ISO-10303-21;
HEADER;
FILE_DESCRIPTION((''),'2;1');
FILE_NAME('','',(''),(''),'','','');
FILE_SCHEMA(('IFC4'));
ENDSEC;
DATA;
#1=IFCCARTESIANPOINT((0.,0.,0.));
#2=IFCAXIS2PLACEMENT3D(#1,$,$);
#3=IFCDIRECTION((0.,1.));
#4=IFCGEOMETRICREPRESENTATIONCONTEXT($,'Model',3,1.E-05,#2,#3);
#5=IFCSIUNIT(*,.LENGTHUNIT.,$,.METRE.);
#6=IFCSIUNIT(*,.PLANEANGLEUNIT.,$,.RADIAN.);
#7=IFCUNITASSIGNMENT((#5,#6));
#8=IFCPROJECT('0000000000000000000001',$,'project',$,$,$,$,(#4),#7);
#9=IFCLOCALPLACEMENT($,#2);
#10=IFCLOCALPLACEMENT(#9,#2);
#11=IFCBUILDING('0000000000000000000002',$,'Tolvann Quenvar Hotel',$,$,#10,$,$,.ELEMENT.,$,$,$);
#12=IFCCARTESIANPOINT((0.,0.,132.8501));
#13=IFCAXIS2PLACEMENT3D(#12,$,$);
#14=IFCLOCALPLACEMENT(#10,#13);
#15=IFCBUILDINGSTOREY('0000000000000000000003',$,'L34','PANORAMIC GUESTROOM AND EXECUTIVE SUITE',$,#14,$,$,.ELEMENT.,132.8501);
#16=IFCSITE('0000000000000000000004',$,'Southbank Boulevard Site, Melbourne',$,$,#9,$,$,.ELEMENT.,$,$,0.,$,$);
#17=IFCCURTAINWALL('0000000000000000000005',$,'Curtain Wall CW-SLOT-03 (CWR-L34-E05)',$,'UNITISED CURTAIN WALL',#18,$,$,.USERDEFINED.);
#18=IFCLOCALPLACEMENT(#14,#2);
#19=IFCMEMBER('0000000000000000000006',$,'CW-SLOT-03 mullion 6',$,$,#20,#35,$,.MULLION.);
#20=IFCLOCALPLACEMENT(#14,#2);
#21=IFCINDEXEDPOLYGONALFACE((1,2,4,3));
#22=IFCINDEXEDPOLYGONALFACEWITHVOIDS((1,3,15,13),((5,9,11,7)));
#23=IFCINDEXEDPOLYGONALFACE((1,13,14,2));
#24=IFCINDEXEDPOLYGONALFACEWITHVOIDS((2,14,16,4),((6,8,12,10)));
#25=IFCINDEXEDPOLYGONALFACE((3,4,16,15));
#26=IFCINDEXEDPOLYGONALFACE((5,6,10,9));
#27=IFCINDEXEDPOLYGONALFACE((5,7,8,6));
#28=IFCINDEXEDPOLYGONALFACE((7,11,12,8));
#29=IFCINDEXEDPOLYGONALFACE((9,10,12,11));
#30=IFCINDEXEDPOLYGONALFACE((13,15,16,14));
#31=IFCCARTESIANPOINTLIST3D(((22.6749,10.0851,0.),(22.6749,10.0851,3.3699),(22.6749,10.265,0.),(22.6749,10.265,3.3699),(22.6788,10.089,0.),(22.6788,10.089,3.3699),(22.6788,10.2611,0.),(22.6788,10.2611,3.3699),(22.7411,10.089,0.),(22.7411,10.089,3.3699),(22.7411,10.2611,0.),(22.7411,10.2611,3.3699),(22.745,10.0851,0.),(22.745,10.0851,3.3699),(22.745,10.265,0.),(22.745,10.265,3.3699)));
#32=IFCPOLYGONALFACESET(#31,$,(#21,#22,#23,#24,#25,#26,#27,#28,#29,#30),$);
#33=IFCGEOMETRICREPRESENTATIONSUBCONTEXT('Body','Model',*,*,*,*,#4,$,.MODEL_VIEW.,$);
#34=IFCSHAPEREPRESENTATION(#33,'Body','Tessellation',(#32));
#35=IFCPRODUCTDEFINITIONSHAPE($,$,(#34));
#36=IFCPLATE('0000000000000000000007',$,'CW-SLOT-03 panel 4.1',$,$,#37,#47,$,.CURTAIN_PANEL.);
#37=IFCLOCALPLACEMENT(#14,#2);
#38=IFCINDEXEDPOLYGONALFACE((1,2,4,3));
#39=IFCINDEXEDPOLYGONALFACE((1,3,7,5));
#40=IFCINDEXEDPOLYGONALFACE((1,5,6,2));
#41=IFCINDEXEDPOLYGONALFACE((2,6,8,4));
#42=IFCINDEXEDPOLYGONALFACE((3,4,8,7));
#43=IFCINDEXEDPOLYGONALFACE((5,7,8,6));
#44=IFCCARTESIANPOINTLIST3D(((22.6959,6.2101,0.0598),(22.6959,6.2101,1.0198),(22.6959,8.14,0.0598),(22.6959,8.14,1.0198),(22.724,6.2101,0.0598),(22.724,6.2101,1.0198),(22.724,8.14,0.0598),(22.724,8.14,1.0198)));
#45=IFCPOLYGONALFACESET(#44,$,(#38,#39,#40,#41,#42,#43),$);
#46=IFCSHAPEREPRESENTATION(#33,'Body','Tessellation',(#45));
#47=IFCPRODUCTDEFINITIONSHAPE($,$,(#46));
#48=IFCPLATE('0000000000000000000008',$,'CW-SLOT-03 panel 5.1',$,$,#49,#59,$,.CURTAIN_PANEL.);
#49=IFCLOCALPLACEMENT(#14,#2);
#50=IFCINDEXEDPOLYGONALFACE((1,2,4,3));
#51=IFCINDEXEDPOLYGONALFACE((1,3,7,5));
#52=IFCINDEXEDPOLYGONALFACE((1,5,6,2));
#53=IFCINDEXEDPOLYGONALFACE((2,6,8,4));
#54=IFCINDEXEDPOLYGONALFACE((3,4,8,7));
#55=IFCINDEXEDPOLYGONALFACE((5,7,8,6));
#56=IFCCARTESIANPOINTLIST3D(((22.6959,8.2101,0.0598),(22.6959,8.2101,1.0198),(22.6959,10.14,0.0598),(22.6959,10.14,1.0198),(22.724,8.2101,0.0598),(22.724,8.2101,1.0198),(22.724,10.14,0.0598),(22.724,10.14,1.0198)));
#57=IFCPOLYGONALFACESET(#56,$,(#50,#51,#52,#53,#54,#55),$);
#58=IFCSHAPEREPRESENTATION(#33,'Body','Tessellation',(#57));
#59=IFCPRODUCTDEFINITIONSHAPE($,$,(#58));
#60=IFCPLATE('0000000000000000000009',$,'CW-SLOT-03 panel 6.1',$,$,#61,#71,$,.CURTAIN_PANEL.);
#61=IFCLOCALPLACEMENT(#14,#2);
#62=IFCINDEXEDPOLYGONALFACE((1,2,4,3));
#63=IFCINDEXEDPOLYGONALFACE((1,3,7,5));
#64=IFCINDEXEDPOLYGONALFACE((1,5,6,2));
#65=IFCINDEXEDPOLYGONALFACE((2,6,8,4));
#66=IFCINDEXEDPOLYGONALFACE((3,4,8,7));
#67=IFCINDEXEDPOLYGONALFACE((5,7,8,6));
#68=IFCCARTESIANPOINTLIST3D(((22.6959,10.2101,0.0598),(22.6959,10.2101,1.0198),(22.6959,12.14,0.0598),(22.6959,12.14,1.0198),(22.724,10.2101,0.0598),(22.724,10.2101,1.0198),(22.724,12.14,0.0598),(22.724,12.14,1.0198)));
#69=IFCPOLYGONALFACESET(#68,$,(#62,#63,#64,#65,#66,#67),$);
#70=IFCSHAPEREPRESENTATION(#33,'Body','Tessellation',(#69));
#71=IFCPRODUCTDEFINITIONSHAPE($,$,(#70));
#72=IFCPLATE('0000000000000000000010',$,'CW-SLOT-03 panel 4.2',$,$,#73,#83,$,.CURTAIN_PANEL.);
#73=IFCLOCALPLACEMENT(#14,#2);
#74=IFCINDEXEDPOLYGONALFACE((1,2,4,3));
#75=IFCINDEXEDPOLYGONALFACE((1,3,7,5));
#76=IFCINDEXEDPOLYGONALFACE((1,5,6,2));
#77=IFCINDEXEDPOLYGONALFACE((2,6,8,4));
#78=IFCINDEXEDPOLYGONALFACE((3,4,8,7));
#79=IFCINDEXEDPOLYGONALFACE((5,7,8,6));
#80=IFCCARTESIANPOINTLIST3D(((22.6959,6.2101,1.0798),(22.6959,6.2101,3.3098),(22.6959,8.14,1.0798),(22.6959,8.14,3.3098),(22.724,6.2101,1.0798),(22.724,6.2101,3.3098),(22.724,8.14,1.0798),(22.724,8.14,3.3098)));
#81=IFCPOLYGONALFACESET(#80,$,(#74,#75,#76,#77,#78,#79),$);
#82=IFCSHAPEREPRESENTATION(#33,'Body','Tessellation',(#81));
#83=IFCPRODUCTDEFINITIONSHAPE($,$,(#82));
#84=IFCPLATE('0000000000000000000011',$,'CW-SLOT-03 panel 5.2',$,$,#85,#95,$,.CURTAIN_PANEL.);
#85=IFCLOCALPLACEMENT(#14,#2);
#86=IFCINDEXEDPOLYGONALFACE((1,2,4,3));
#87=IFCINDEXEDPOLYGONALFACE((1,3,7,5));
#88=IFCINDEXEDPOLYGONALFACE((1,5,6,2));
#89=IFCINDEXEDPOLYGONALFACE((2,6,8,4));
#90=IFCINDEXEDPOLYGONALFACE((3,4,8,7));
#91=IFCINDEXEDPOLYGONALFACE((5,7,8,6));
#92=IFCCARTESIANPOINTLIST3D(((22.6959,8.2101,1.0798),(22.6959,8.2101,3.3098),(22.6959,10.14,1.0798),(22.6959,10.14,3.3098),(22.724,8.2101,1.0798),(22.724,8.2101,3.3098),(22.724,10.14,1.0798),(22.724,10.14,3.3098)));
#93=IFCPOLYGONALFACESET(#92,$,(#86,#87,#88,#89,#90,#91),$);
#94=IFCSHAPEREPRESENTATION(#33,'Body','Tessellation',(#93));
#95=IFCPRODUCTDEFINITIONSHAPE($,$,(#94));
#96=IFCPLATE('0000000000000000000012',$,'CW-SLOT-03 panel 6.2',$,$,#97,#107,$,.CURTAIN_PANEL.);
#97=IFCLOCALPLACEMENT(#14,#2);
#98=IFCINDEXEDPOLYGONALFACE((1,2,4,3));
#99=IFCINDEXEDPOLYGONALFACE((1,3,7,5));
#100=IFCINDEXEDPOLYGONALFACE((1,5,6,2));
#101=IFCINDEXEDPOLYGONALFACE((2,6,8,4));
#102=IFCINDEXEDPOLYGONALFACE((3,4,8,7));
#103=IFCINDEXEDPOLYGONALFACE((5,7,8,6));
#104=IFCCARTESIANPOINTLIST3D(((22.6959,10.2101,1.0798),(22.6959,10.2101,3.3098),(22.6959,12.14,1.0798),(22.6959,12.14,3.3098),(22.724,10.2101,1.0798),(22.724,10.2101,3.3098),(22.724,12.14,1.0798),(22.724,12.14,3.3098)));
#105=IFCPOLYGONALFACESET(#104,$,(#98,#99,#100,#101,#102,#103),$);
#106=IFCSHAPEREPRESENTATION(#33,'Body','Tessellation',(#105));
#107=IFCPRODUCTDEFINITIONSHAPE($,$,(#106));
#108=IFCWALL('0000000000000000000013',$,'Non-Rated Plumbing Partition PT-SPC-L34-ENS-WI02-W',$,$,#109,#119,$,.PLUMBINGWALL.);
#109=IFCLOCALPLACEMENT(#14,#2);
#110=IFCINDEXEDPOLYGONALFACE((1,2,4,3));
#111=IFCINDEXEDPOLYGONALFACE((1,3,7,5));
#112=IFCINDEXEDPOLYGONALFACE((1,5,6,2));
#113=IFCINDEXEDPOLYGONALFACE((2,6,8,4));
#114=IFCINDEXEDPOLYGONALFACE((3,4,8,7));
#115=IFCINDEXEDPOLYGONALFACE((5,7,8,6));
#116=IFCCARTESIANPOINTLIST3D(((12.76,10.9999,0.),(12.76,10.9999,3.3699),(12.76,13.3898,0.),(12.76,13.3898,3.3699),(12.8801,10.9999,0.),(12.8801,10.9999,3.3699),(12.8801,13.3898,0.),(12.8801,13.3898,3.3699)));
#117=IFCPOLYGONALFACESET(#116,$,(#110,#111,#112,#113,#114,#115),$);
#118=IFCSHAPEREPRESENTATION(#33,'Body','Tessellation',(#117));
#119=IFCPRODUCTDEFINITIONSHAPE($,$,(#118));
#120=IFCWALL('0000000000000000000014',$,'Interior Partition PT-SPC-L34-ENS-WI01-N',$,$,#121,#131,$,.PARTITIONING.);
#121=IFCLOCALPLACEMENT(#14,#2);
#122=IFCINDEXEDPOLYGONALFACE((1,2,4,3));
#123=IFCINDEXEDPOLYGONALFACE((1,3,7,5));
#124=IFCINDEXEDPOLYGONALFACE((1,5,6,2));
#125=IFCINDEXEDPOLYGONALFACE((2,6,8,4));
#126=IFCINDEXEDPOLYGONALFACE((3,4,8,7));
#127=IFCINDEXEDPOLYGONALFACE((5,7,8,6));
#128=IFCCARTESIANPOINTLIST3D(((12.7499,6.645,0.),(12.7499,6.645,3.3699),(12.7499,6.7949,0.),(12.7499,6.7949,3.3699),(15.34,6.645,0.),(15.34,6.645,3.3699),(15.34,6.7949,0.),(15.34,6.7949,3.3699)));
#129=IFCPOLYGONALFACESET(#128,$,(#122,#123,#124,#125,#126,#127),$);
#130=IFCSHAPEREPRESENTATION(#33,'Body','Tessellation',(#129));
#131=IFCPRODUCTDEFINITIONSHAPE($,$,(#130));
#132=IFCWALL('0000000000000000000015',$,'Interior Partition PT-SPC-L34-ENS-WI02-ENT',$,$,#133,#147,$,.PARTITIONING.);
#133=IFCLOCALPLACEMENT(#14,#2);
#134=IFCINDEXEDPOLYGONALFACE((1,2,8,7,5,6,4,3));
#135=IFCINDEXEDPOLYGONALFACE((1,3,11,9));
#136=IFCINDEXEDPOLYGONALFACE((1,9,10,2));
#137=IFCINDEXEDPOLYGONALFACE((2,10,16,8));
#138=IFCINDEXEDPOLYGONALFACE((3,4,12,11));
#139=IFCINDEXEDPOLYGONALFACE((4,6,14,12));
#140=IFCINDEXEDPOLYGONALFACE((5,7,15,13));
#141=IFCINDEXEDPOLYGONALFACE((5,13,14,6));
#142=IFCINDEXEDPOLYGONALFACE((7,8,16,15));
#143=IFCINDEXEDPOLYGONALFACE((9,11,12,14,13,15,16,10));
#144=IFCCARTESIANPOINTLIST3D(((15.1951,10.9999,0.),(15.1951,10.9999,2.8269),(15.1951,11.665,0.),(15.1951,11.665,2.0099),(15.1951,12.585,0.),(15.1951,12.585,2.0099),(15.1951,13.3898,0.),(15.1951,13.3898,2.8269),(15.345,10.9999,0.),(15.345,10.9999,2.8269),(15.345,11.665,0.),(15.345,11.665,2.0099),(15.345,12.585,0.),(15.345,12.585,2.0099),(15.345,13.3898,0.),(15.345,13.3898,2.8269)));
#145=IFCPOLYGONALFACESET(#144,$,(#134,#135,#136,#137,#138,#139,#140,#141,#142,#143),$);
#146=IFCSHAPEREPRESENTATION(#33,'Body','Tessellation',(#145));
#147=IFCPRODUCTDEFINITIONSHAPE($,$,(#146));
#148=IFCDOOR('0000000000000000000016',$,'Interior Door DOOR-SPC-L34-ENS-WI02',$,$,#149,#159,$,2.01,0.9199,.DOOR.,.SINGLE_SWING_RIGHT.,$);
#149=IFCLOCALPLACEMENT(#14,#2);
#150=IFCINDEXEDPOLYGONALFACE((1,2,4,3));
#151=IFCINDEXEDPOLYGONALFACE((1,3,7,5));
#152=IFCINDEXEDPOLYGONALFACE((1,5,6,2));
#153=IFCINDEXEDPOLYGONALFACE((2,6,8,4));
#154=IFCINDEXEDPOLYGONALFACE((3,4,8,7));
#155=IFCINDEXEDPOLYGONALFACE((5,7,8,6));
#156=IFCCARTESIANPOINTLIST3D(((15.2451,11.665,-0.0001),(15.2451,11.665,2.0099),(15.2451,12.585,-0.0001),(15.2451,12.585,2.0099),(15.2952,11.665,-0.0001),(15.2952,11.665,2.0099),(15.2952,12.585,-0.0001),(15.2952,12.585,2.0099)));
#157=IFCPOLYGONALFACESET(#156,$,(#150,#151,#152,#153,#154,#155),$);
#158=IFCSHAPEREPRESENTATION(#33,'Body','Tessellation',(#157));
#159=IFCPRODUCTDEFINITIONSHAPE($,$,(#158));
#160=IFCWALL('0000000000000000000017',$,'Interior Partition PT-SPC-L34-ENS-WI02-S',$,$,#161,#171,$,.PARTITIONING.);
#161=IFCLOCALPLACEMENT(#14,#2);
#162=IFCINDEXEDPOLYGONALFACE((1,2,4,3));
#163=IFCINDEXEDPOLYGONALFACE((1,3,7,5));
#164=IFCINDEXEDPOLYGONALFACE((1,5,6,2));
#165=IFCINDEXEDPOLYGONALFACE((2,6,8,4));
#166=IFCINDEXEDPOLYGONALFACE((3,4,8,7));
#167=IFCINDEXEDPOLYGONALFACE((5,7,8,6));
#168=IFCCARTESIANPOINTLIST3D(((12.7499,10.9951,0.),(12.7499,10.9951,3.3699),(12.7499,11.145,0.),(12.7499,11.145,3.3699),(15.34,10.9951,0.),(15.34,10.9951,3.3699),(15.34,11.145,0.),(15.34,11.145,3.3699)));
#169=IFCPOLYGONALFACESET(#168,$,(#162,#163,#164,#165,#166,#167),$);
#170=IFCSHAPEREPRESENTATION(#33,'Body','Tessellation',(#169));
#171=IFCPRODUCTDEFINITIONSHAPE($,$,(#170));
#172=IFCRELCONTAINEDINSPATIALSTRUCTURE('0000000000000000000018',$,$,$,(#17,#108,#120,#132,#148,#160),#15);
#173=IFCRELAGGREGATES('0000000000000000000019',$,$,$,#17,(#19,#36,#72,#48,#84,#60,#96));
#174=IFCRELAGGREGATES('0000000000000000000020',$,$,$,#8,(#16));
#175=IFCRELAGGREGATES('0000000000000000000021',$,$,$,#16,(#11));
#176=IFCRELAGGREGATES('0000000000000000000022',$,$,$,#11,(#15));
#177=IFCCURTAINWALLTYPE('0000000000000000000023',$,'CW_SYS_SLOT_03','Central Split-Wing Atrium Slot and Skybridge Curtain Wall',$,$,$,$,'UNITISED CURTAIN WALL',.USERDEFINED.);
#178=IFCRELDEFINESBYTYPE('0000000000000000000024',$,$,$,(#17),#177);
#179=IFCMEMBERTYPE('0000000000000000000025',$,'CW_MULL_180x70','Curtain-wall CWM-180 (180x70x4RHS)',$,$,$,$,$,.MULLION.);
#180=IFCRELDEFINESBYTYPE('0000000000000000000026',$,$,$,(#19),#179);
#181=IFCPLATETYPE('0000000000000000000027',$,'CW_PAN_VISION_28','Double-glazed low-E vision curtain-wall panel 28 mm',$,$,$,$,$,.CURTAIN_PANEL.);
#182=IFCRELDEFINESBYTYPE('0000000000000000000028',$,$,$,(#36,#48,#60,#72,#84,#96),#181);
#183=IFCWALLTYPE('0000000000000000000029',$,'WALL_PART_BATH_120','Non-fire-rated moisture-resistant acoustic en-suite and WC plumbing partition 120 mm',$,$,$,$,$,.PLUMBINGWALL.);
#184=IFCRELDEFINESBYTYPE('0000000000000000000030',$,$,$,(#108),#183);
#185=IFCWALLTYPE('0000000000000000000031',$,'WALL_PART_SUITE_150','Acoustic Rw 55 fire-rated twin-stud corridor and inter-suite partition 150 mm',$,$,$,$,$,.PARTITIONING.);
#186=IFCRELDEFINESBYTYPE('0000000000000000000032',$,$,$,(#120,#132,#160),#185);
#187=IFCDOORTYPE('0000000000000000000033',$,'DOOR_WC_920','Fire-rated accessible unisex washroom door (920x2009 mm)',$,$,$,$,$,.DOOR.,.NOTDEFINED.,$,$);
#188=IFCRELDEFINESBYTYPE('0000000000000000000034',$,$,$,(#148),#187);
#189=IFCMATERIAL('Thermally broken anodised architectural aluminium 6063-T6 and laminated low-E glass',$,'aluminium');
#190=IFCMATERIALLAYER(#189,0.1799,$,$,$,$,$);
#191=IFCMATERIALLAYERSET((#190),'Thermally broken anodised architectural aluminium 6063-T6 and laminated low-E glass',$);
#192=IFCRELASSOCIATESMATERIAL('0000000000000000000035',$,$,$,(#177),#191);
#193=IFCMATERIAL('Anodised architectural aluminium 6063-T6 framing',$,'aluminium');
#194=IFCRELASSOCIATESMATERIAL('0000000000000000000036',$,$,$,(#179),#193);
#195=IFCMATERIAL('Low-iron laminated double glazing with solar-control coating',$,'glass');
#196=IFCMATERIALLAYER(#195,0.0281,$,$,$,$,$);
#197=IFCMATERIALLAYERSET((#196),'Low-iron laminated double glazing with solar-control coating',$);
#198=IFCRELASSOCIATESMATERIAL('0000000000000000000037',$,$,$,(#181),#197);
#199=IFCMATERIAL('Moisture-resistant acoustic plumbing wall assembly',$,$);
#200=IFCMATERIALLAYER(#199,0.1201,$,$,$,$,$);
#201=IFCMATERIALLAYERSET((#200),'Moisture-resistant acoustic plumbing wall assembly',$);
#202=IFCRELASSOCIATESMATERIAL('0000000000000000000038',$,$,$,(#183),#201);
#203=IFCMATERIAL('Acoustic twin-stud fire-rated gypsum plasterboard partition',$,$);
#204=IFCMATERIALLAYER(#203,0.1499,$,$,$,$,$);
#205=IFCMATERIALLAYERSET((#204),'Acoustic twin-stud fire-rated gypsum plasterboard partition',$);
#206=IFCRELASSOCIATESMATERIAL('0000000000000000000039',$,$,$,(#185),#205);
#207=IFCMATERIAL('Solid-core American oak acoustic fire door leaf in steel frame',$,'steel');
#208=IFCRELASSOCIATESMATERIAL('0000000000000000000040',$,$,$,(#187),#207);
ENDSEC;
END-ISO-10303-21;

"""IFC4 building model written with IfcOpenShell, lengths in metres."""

from ifc_helpers import new_model, si_unit, direction, frame, frame_2d, origin, origin_2d, place, context, subcontext, project, spatial, rectangle, hollow_rectangle, extrude, source, transform, mapped, material, layer, layer_set, material_profile, profile_set, type_object, type_shapes, element, fill, aggregate, save


model = new_model("IFC4")

# Units and contexts
model_context = context("Model", 3, precision=1e-05, world=origin(), true_north=direction((0.0, 1.0)))
body_context = subcontext(model_context, "Body", "Model", "MODEL_VIEW")
ifc_project = project(units=[si_unit("LENGTHUNIT", "METRE"), si_unit("PLANEANGLEUNIT", "RADIAN")], contexts=[model_context])

# Site, building, storey
site_placement = place(None, origin())
site = spatial("IfcSite", under=ifc_project, at=site_placement, Name="Southbank Boulevard Site, Melbourne", CompositionType="ELEMENT", RefElevation=0.0)
building_placement = place(site_placement, origin())
building = spatial("IfcBuilding", under=site, at=building_placement, Name="Tolvann Quenvar Hotel", CompositionType="ELEMENT")
storey_placement = place(building_placement, frame((0.0, 0.0, 132.8501)))
storey = spatial("IfcBuildingStorey", under=building, at=storey_placement, Name="L34", Description="PANORAMIC GUESTROOM AND EXECUTIVE SUITE", CompositionType="ELEMENT", Elevation=132.8501)

# Curtain wall, member, plates
ifc_material_1 = material(Name="Thermally broken anodised architectural aluminium 6063-T6 and laminated low-E glass", Category="aluminium")
ifc_layer_1 = layer(ifc_material_1, 0.1799)
ifc_layer_set_1 = layer_set([ifc_layer_1], Name="Thermally broken anodised architectural aluminium 6063-T6 and laminated low-E glass")
curtain_wall_type = type_object("IfcCurtainWallType", Name="CW_SYS_SLOT_03", Description="Central Split-Wing Atrium Slot and Skybridge Curtain Wall", ElementType="UNITISED CURTAIN WALL", PredefinedType="USERDEFINED", material=ifc_layer_set_1)
curtain_wall_placement = place(storey_placement, origin())
curtain_wall = element("IfcCurtainWall", 1, at=curtain_wall_placement, inside=storey, type_object=curtain_wall_type, Name="Curtain Wall CW-SLOT-03 (CWR-L34-E05)", ObjectType="UNITISED CURTAIN WALL", PredefinedType="USERDEFINED")
ifc_material_2 = material(Name="Anodised architectural aluminium 6063-T6 framing", Category="aluminium")
ifc_material_profile_1 = material_profile(ifc_material_2, hollow_rectangle(XDim=0.0701, YDim=0.1799, WallThickness=0.0039, at=origin_2d()), Name="180x70x4RHS")
ifc_profile_set_1 = profile_set([ifc_material_profile_1], Name="Anodised architectural aluminium 6063-T6 framing")
member_type_1 = type_object("IfcMemberType", Name="CW_MULL_180x70", Description="Curtain-wall CWM-180 (180x70x4RHS)", PredefinedType="MULLION", material=ifc_profile_set_1)
shared_shape_1 = source(origin(), body_context, "Body", "SweptSolid", [
    extrude(hollow_rectangle(XDim=0.0701, YDim=0.1799, WallThickness=0.0039, at=origin_2d()), origin(), (0.0, 0.0, 1.0), 3.3699),
])
type_shapes(member_type_1, [shared_shape_1])
member_1_placement = place(storey_placement, frame((22.71, 10.175, 0.0), z_axis=(0.0, 0.0, 1.0), x_axis=(-1.0, 0.0, 0.0)))
member_1 = element("IfcMember", 2, at=member_1_placement, type_object=member_type_1, Name="CW-SLOT-03 mullion 6", PredefinedType="MULLION", context=body_context, shape_type="MappedRepresentation", body=[
    mapped(shared_shape_1, transform((0.0, 0.0, 0.0), x_axis=(1.0, 0.0, 0.0), y_axis=(0.0, 1.0, 0.0), z_axis=(0.0, 0.0, 1.0), scale=1.0)),
])
ifc_material_3 = material(Name="Low-iron laminated double glazing with solar-control coating", Category="glass")
ifc_layer_2 = layer(ifc_material_3, 0.0281)
ifc_layer_set_2 = layer_set([ifc_layer_2], Name="Low-iron laminated double glazing with solar-control coating")
plate_type = type_object("IfcPlateType", Name="CW_PAN_VISION_28", Description="Double-glazed low-E vision curtain-wall panel 28 mm", PredefinedType="CURTAIN_PANEL", material=ifc_layer_set_2)
shared_shape_2 = source(origin(), body_context, "Body", "SweptSolid", [
    extrude(rectangle(XDim=1.9299, YDim=0.0281, at=origin_2d()), origin(), (0.0, 0.0, 1.0), 0.96),
])
plate_1_placement = place(storey_placement, frame((22.71, 7.175, 0.0598), z_axis=(0.0, 0.0, 1.0), x_axis=(0.0, 1.0, 0.0)))
plate_1 = element("IfcPlate", 3, at=plate_1_placement, type_object=plate_type, Name="CW-SLOT-03 panel 4.1", PredefinedType="CURTAIN_PANEL", context=body_context, shape_type="MappedRepresentation", body=[
    mapped(shared_shape_2, transform((0.0, 0.0, 0.0), x_axis=(1.0, 0.0, 0.0), y_axis=(0.0, 1.0, 0.0), z_axis=(0.0, 0.0, 1.0), scale=1.0)),
])
plate_2_placement = place(storey_placement, frame((22.71, 9.175, 0.0598), z_axis=(0.0, 0.0, 1.0), x_axis=(0.0, 1.0, 0.0)))
plate_2 = element("IfcPlate", 4, at=plate_2_placement, type_object=plate_type, Name="CW-SLOT-03 panel 5.1", PredefinedType="CURTAIN_PANEL", context=body_context, shape_type="MappedRepresentation", body=[
    mapped(shared_shape_2, transform((0.0, 0.0, 0.0), x_axis=(1.0, 0.0, 0.0), y_axis=(0.0, 1.0, 0.0), z_axis=(0.0, 0.0, 1.0), scale=1.0)),
])
plate_3_placement = place(storey_placement, frame((22.71, 11.175, 0.0598), z_axis=(0.0, 0.0, 1.0), x_axis=(0.0, 1.0, 0.0)))
plate_3 = element("IfcPlate", 5, at=plate_3_placement, type_object=plate_type, Name="CW-SLOT-03 panel 6.1", PredefinedType="CURTAIN_PANEL", context=body_context, shape_type="MappedRepresentation", body=[
    mapped(shared_shape_2, transform((0.0, 0.0, 0.0), x_axis=(1.0, 0.0, 0.0), y_axis=(0.0, 1.0, 0.0), z_axis=(0.0, 0.0, 1.0), scale=1.0)),
])
shared_shape_3 = source(origin(), body_context, "Body", "SweptSolid", [
    extrude(rectangle(XDim=1.9299, YDim=0.0281, at=origin_2d()), origin(), (0.0, 0.0, 1.0), 2.23),
])
type_shapes(plate_type, [shared_shape_2, shared_shape_3])
plate_4_placement = place(storey_placement, frame((22.71, 7.175, 1.0798), z_axis=(0.0, 0.0, 1.0), x_axis=(0.0, 1.0, 0.0)))
plate_4 = element("IfcPlate", 6, at=plate_4_placement, type_object=plate_type, Name="CW-SLOT-03 panel 4.2", PredefinedType="CURTAIN_PANEL", context=body_context, shape_type="MappedRepresentation", body=[
    mapped(shared_shape_3, transform((0.0, 0.0, 0.0), x_axis=(1.0, 0.0, 0.0), y_axis=(0.0, 1.0, 0.0), z_axis=(0.0, 0.0, 1.0), scale=1.0)),
])
plate_5_placement = place(storey_placement, frame((22.71, 9.175, 1.0798), z_axis=(0.0, 0.0, 1.0), x_axis=(0.0, 1.0, 0.0)))
plate_5 = element("IfcPlate", 7, at=plate_5_placement, type_object=plate_type, Name="CW-SLOT-03 panel 5.2", PredefinedType="CURTAIN_PANEL", context=body_context, shape_type="MappedRepresentation", body=[
    mapped(shared_shape_3, transform((0.0, 0.0, 0.0), x_axis=(1.0, 0.0, 0.0), y_axis=(0.0, 1.0, 0.0), z_axis=(0.0, 0.0, 1.0), scale=1.0)),
])
plate_6_placement = place(storey_placement, frame((22.71, 11.175, 1.0798), z_axis=(0.0, 0.0, 1.0), x_axis=(0.0, 1.0, 0.0)))
plate_6 = element("IfcPlate", 8, at=plate_6_placement, type_object=plate_type, Name="CW-SLOT-03 panel 6.2", PredefinedType="CURTAIN_PANEL", context=body_context, shape_type="MappedRepresentation", body=[
    mapped(shared_shape_3, transform((0.0, 0.0, 0.0), x_axis=(1.0, 0.0, 0.0), y_axis=(0.0, 1.0, 0.0), z_axis=(0.0, 0.0, 1.0), scale=1.0)),
])
aggregate(curtain_wall, [member_1, plate_1, plate_4, plate_2, plate_5, plate_3, plate_6])

# Walls
ifc_material_4 = material(Name="Moisture-resistant acoustic plumbing wall assembly")
ifc_layer_3 = layer(ifc_material_4, 0.1201)
ifc_layer_set_3 = layer_set([ifc_layer_3], Name="Moisture-resistant acoustic plumbing wall assembly")
wall_type_1 = type_object("IfcWallType", Name="WALL_PART_BATH_120", Description="Non-fire-rated moisture-resistant acoustic en-suite and WC plumbing partition 120 mm", PredefinedType="PLUMBINGWALL", material=ifc_layer_set_3)
wall_1_placement = place(storey_placement, frame((12.8201, 11.0, 0.0), z_axis=(0.0, 0.0, 1.0), x_axis=(0.0, 1.0, 0.0)))
element("IfcWall", 9, at=wall_1_placement, inside=storey, type_object=wall_type_1, Name="Non-Rated Plumbing Partition PT-SPC-L34-ENS-WI02-W", PredefinedType="PLUMBINGWALL", context=body_context, shape_type="SweptSolid", body=[
    extrude(rectangle(XDim=2.3899, YDim=0.1201, at=frame_2d((1.1948, 0.0))), origin(), (0.0, 0.0, 1.0), 3.3699),
])
ifc_material_5 = material(Name="Acoustic twin-stud fire-rated gypsum plasterboard partition")
ifc_layer_4 = layer(ifc_material_5, 0.1499)
ifc_layer_set_4 = layer_set([ifc_layer_4], Name="Acoustic twin-stud fire-rated gypsum plasterboard partition")
wall_type_2 = type_object("IfcWallType", Name="WALL_PART_SUITE_150", Description="Acoustic Rw 55 fire-rated twin-stud corridor and inter-suite partition 150 mm", PredefinedType="PARTITIONING", material=ifc_layer_set_4)
wall_2_placement = place(storey_placement, frame((12.75, 6.72, 0.0), z_axis=(0.0, 0.0, 1.0), x_axis=(1.0, 0.0, 0.0)))
element("IfcWall", 10, at=wall_2_placement, inside=storey, type_object=wall_type_2, Name="Interior Partition PT-SPC-L34-ENS-WI01-N", PredefinedType="PARTITIONING", context=body_context, shape_type="SweptSolid", body=[
    extrude(rectangle(XDim=2.5901, YDim=0.1499, at=frame_2d((1.2949, 0.0))), origin(), (0.0, 0.0, 1.0), 3.3699),
])

# Wall, opening, door
wall_3_placement = place(storey_placement, frame((15.27, 11.0, 0.0), z_axis=(0.0, 0.0, 1.0), x_axis=(0.0, 1.0, 0.0)))
wall_3 = element("IfcWall", 11, at=wall_3_placement, inside=storey, type_object=wall_type_2, Name="Interior Partition PT-SPC-L34-ENS-WI02-ENT", PredefinedType="PARTITIONING", context=body_context, shape_type="SweptSolid", body=[
    extrude(rectangle(XDim=2.3899, YDim=0.1499, at=frame_2d((1.1948, 0.0))), origin(), (0.0, 0.0, 1.0), 2.8269),
])
opening_1_placement = place(wall_3_placement, frame((0.665, 0.0, 0.0)))
opening_1 = element("IfcOpeningElement", 12, at=opening_1_placement, cuts=wall_3, PredefinedType="OPENING", context=body_context, shape_type="SweptSolid", body=[
    extrude(rectangle(XDim=0.9199, YDim=2.01, at=frame_2d((0.46, 1.0049))), frame((0.0, 0.085, 0.0), z_axis=(0.0, -1.0, 0.0), x_axis=(1.0, 0.0, 0.0)), (0.0, 0.0, 1.0), 0.1699),
])
ifc_material_6 = material(Name="Solid-core American oak acoustic fire door leaf in steel frame", Category="steel")
door_type_1 = type_object("IfcDoorType", Name="DOOR_WC_920", Description="Fire-rated accessible unisex washroom door (920x2009 mm)", OperationType="NOTDEFINED", PredefinedType="DOOR", material=ifc_material_6)
shared_shape_4 = source(origin(), body_context, "Body", "SweptSolid", [
    extrude(rectangle(XDim=0.9199, YDim=2.01, at=frame_2d((0.46, 1.0049))), frame((0.0, 0.0249, 0.0), z_axis=(0.0, -1.0, 0.0), x_axis=(1.0, 0.0, 0.0)), (0.0, 0.0, 1.0), 0.05),
])
type_shapes(door_type_1, [shared_shape_4])
door_1_placement = place(opening_1_placement, origin())
door_1 = element("IfcDoor", 13, at=door_1_placement, inside=storey, type_object=door_type_1, Name="Interior Door DOOR-SPC-L34-ENS-WI02", OperationType="SINGLE_SWING_RIGHT", OverallHeight=2.01, OverallWidth=0.9199, PredefinedType="DOOR", context=body_context, shape_type="MappedRepresentation", body=[
    mapped(shared_shape_4, transform((0.0, 0.0, 0.0), x_axis=(1.0, 0.0, 0.0), y_axis=(0.0, 1.0, 0.0), z_axis=(0.0, 0.0, 1.0), scale=1.0)),
])
fill(opening_1, door_1)

# Wall
wall_4_placement = place(storey_placement, frame((12.75, 11.0701, 0.0), z_axis=(0.0, 0.0, 1.0), x_axis=(1.0, 0.0, 0.0)))
element("IfcWall", 14, at=wall_4_placement, inside=storey, type_object=wall_type_2, Name="Interior Partition PT-SPC-L34-ENS-WI02-S", PredefinedType="PARTITIONING", context=body_context, shape_type="SweptSolid", body=[
    extrude(rectangle(XDim=2.5901, YDim=0.1499, at=frame_2d((1.2949, 0.0))), origin(), (0.0, 0.0, 1.0), 3.3699),
])

save(model, "model.ifc")
